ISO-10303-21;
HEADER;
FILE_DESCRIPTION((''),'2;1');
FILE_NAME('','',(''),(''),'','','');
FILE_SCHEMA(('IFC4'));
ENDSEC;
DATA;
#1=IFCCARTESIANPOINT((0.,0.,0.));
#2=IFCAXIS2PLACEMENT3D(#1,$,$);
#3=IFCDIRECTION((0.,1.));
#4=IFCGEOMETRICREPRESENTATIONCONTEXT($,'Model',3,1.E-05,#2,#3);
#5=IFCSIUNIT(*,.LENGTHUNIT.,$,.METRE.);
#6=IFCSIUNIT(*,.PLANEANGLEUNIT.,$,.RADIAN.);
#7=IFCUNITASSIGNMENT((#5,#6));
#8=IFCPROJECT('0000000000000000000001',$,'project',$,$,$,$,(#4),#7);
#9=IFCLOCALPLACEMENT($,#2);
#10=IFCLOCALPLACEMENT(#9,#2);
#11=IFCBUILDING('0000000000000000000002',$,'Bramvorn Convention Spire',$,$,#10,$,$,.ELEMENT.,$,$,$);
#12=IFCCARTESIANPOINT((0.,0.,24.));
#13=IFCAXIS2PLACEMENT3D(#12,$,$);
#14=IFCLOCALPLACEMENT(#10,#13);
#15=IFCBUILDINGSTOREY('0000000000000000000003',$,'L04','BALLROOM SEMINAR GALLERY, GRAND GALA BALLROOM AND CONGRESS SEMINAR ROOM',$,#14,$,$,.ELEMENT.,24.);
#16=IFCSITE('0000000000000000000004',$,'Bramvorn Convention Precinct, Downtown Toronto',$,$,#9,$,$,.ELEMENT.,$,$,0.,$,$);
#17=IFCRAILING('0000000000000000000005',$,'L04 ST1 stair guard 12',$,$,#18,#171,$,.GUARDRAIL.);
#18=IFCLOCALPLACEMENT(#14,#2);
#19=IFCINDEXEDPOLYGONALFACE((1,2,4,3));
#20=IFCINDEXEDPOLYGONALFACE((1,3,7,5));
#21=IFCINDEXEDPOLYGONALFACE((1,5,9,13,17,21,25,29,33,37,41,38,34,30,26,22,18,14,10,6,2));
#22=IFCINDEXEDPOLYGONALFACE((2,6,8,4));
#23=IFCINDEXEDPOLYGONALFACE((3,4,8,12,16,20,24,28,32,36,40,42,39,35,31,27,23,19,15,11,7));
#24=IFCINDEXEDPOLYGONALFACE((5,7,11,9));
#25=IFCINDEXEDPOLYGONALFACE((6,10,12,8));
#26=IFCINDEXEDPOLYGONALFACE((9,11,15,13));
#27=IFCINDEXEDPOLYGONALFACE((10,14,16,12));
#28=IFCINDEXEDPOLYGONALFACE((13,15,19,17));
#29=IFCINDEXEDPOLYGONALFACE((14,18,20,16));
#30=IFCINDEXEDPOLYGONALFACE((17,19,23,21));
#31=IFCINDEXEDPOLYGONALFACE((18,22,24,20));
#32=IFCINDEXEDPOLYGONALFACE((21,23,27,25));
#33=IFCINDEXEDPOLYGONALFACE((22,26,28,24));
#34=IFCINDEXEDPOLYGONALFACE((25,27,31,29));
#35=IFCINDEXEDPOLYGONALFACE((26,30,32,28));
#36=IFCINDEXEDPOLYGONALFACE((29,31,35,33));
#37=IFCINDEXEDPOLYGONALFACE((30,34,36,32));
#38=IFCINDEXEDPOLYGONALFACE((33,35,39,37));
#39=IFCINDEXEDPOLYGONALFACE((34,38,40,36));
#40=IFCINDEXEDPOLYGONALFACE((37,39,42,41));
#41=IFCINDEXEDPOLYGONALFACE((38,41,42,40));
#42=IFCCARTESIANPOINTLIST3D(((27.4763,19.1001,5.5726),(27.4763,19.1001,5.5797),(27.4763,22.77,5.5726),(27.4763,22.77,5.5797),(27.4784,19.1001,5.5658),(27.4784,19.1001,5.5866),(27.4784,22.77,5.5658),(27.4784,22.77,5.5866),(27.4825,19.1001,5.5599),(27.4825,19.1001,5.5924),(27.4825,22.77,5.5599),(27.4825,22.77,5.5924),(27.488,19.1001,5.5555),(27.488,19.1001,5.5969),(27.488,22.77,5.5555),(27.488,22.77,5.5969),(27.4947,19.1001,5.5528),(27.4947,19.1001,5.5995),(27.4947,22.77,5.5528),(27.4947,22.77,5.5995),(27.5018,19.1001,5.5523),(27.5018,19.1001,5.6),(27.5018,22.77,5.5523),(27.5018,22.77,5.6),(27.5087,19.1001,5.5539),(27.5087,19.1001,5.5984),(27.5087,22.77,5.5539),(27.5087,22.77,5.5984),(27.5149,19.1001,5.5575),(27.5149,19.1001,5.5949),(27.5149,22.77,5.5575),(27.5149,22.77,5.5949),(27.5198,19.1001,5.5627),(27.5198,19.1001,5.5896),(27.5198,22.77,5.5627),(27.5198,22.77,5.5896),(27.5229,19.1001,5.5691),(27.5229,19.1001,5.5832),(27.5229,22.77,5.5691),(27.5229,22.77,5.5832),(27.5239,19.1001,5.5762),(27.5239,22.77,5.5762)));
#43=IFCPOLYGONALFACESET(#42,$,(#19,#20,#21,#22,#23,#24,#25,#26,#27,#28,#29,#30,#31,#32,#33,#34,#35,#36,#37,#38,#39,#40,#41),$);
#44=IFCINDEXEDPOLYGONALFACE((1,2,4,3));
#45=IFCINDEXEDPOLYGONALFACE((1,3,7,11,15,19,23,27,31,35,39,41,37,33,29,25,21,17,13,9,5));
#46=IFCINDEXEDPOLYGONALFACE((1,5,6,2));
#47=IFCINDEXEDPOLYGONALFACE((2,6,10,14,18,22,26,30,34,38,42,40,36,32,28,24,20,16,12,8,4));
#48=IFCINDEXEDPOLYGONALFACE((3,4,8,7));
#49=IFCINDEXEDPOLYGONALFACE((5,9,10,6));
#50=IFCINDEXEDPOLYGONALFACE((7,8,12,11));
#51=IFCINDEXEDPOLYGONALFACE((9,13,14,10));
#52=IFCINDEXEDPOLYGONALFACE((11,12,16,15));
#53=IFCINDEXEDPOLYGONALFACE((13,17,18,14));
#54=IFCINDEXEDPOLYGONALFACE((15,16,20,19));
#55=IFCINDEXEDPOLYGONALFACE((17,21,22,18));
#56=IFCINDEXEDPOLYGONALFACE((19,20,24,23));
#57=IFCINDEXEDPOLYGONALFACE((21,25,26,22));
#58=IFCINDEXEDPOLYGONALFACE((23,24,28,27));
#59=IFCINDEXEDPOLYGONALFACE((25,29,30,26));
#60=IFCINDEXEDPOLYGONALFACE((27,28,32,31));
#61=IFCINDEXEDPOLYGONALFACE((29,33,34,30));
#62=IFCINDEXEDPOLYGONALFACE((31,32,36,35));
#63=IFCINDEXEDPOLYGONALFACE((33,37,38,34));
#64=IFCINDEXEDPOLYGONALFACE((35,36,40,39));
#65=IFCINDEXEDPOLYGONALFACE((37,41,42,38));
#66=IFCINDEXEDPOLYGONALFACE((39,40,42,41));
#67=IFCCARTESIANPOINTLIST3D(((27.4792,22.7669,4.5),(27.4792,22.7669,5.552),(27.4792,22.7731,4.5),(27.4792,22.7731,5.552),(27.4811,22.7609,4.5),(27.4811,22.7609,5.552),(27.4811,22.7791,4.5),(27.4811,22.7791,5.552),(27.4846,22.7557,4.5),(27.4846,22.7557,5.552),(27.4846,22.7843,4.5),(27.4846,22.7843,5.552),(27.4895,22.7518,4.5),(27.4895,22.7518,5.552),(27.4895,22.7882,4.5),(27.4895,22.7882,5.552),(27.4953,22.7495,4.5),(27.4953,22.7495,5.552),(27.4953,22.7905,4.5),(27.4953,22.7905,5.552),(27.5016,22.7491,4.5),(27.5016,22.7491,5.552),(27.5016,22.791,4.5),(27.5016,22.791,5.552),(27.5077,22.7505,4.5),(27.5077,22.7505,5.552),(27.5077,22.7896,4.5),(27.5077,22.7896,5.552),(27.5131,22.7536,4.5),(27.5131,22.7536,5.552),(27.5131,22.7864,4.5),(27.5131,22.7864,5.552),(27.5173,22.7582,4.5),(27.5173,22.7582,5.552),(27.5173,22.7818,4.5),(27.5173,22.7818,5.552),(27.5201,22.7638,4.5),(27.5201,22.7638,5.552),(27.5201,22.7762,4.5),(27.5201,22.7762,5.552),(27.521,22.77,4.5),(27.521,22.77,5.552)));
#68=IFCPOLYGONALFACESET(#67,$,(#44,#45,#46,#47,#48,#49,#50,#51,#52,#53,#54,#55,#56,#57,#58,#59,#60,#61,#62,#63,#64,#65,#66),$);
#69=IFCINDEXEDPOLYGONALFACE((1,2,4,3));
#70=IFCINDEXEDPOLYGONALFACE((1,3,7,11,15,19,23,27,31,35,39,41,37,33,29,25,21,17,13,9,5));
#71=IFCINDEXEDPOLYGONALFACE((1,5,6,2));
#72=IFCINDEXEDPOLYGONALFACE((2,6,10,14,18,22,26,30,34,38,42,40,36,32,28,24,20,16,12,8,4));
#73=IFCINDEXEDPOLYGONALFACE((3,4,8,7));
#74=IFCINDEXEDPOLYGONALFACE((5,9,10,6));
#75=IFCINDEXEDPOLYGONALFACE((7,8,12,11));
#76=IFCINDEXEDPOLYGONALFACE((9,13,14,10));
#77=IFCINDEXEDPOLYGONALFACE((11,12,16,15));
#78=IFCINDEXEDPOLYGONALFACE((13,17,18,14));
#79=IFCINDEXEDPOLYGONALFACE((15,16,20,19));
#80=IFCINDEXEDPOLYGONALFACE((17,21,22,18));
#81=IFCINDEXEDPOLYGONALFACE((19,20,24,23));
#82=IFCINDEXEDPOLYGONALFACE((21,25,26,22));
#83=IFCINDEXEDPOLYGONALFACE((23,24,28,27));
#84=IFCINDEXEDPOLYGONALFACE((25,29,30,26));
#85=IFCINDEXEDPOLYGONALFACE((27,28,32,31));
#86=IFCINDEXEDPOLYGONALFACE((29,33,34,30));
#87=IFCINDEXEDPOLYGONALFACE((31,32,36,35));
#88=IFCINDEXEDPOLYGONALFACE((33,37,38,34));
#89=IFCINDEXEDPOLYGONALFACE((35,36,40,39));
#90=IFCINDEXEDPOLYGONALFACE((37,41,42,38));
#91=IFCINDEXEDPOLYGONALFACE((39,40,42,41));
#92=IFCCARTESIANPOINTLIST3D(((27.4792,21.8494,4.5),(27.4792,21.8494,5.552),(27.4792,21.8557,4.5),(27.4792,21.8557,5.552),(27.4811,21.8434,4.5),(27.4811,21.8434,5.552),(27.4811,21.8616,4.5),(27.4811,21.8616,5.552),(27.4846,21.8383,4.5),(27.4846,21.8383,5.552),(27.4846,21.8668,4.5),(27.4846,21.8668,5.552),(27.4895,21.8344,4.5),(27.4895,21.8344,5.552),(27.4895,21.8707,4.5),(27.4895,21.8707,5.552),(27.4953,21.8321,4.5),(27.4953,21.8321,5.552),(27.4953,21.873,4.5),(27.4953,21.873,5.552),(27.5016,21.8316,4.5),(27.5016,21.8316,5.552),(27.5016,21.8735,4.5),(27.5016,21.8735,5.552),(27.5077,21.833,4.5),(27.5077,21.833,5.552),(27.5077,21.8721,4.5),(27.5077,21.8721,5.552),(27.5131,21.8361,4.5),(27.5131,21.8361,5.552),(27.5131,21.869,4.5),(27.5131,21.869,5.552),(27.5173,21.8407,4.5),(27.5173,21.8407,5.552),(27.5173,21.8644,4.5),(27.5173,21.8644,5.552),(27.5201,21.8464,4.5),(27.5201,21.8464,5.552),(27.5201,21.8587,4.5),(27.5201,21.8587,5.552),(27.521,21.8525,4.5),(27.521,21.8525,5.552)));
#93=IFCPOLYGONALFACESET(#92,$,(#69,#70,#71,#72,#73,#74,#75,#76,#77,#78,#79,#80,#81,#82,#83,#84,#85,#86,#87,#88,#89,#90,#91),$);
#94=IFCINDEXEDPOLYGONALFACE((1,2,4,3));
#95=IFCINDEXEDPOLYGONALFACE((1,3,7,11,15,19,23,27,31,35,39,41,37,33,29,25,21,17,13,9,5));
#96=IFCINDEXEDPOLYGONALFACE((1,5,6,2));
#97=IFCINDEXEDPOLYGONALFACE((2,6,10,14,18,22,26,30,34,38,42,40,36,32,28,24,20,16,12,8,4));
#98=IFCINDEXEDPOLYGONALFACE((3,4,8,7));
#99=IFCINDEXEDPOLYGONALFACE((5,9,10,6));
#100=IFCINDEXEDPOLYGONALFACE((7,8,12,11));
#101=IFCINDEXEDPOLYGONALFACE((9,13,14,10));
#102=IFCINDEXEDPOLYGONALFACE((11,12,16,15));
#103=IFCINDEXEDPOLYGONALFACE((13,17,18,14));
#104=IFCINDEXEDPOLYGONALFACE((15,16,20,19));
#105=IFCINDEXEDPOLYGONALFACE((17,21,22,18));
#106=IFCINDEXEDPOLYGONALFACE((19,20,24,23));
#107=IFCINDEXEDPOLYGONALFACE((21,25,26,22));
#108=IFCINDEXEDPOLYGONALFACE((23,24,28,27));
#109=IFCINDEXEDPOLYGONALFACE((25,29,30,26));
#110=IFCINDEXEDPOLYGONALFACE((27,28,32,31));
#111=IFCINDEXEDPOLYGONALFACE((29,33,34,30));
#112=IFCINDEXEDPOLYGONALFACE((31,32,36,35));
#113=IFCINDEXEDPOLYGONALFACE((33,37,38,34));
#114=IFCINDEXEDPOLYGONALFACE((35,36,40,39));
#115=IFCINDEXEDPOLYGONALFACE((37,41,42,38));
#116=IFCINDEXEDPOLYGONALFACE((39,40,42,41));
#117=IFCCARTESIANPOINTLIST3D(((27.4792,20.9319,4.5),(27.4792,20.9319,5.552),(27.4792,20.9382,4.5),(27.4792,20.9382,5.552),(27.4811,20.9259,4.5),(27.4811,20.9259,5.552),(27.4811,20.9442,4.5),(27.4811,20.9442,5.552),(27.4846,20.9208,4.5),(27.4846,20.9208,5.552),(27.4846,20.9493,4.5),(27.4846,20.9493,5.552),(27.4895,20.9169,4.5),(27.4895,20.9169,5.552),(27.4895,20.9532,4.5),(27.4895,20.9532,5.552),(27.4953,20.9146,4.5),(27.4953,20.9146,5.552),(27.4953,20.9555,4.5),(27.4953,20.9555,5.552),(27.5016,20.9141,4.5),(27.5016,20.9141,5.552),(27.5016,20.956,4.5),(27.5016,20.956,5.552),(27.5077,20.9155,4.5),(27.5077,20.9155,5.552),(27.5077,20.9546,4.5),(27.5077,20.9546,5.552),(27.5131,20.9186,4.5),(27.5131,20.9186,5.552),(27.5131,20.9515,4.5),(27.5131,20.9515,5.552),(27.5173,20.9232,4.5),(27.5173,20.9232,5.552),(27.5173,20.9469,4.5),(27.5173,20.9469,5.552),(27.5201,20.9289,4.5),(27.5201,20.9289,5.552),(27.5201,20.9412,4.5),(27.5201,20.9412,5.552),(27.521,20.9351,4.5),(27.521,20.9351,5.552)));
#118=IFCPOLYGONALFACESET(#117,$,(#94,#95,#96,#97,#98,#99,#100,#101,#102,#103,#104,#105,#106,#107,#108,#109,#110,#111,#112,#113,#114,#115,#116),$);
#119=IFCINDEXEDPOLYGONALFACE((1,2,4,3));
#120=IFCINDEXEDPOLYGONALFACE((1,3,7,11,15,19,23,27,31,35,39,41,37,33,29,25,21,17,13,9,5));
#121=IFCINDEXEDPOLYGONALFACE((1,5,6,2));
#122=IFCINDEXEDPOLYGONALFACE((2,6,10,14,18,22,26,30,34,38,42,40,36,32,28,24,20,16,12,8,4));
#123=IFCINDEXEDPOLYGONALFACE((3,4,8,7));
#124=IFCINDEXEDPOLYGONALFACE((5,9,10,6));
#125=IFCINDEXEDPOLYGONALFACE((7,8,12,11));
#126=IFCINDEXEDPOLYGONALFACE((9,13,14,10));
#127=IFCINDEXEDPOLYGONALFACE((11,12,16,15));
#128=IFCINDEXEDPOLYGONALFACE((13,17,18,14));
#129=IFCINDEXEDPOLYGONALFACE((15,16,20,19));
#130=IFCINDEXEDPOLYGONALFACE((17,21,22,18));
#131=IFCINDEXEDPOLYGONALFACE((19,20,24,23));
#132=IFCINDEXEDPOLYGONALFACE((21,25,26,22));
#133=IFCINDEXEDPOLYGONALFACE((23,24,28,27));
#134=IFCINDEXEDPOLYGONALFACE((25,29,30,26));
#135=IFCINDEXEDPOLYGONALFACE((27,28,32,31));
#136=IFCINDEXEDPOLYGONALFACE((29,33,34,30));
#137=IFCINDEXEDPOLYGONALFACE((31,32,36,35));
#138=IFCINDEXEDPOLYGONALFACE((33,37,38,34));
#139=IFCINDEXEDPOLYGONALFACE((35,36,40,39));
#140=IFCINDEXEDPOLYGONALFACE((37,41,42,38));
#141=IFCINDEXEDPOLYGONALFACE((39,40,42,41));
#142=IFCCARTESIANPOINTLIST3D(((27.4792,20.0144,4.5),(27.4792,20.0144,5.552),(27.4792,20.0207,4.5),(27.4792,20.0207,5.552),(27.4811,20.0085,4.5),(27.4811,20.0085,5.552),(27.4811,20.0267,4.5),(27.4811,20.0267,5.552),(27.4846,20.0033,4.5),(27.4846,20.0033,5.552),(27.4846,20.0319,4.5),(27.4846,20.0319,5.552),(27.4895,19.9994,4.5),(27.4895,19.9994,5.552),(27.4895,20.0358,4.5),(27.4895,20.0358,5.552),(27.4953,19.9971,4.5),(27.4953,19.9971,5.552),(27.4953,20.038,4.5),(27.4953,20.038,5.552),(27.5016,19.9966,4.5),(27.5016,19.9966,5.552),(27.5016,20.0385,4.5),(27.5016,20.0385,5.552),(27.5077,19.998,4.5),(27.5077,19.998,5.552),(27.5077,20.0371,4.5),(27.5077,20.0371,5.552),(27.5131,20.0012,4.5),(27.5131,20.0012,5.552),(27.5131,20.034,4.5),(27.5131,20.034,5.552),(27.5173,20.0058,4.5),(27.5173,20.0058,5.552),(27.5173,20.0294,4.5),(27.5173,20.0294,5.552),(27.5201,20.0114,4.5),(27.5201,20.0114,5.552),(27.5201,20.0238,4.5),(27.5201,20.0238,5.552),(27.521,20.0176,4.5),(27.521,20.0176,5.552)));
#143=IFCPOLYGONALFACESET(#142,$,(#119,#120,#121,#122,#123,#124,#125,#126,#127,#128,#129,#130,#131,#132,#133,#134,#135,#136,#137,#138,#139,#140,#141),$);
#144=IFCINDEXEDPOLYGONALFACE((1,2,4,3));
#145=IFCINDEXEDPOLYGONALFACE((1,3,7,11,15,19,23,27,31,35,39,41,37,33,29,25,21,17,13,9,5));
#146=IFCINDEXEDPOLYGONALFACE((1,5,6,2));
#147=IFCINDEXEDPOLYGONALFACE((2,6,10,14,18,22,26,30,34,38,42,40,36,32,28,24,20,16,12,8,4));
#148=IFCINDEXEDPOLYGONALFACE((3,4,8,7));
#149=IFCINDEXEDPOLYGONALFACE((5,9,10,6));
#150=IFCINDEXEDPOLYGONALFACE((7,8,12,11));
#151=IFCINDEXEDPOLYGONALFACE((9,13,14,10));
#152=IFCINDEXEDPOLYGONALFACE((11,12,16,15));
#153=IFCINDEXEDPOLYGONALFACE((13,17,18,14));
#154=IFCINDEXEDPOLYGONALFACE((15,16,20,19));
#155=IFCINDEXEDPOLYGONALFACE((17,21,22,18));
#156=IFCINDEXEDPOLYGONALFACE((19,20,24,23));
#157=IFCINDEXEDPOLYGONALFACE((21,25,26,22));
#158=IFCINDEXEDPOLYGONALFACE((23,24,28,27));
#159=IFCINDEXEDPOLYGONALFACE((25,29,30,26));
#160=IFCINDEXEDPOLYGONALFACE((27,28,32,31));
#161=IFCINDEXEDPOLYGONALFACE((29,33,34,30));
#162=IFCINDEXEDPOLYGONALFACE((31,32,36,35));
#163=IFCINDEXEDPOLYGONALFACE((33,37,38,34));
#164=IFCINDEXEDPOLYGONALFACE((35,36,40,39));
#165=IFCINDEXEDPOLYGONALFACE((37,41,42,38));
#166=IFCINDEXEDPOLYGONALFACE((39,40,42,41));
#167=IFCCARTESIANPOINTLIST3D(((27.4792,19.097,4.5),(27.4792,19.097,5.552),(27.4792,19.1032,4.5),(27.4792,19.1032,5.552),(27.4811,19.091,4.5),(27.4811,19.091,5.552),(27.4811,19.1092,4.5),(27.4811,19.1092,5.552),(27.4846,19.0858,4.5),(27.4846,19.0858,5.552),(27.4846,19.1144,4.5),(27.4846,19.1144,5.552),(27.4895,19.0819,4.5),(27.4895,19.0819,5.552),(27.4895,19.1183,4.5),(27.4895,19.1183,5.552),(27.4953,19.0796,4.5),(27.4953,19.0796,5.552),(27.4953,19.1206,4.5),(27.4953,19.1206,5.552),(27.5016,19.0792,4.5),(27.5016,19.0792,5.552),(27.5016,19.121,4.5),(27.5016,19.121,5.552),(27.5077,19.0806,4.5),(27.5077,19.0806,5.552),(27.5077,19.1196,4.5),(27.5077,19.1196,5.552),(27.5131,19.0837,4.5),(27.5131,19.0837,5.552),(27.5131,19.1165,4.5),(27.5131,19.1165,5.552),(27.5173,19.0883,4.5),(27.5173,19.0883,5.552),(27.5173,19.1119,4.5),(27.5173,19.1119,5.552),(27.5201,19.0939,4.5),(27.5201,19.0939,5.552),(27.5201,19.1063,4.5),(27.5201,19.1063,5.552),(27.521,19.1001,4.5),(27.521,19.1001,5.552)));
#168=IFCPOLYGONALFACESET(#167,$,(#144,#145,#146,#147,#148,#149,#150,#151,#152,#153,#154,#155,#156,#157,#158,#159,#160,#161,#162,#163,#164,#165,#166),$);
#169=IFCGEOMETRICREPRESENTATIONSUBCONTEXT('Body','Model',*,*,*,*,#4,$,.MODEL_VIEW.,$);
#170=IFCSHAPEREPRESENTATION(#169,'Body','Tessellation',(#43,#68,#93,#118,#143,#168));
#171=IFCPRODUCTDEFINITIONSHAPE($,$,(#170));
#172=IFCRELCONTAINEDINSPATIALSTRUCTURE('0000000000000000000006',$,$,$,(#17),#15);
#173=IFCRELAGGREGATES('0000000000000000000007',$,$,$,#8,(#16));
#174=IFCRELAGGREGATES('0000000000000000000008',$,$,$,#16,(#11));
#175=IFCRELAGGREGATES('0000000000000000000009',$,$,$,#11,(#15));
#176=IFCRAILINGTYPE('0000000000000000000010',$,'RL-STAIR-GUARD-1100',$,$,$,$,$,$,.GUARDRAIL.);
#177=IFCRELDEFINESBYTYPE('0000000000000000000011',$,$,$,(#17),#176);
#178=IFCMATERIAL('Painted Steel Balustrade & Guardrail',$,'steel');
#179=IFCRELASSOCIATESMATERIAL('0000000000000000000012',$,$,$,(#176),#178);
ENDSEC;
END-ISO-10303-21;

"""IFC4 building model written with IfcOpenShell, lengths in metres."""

from ifc_helpers import new_model, si_unit, direction, frame, origin, origin_2d, place, context, subcontext, project, spatial, circle, extrude, material, type_object, element, save


model = new_model("IFC4")

# Units and contexts
model_context = context("Model", 3, precision=1e-05, world=origin(), true_north=direction((0.0, 1.0)))
body_context = subcontext(model_context, "Body", "Model", "MODEL_VIEW")
ifc_project = project(units=[si_unit("LENGTHUNIT", "METRE"), si_unit("PLANEANGLEUNIT", "RADIAN")], contexts=[model_context])

# Site, building, storey
site_placement = place(None, origin())
site = spatial("IfcSite", under=ifc_project, at=site_placement, Name="Bramvorn Convention Precinct, Downtown Toronto", CompositionType="ELEMENT", RefElevation=0.0)
building_placement = place(site_placement, origin())
building = spatial("IfcBuilding", under=site, at=building_placement, Name="Bramvorn Convention Spire", CompositionType="ELEMENT")
storey_placement = place(building_placement, frame((0.0, 0.0, 24.0)))
storey = spatial("IfcBuildingStorey", under=building, at=storey_placement, Name="L04", Description="BALLROOM SEMINAR GALLERY, GRAND GALA BALLROOM AND CONGRESS SEMINAR ROOM", CompositionType="ELEMENT", Elevation=24.0)

# Railing
ifc_material_1 = material(Name="Painted Steel Balustrade & Guardrail", Category="steel")
railing_type = type_object("IfcRailingType", Name="RL-STAIR-GUARD-1100", PredefinedType="GUARDRAIL", material=ifc_material_1)
for number, where, name in (
    (1, (27.5, 22.77, 4.5), "L04 ST1 stair guard 12"),
):
    element("IfcRailing", number, at=place(storey_placement, frame(where)), inside=storey, type_object=railing_type, Name=name, PredefinedType="GUARDRAIL", context=body_context, shape_type="SweptSolid", body=[
        extrude(circle(Radius=0.0239, at=origin_2d()), frame((0.0, 0.0, 1.0762), z_axis=(0.0, -1.0, 0.0), x_axis=(1.0, 0.0, 0.0)), (0.0, 0.0, 1.0), 3.6699),
        extrude(circle(Radius=0.021, at=origin_2d()), origin(), (0.0, 0.0, 1.0), 1.052),
        extrude(circle(Radius=0.021, at=origin_2d()), frame((0.0, -0.9175, 0.0)), (0.0, 0.0, 1.0), 1.052),
        extrude(circle(Radius=0.021, at=origin_2d()), frame((0.0, -1.835, 0.0)), (0.0, 0.0, 1.0), 1.052),
        extrude(circle(Radius=0.021, at=origin_2d()), frame((0.0, -2.7524, 0.0)), (0.0, 0.0, 1.0), 1.052),
        extrude(circle(Radius=0.021, at=origin_2d()), frame((0.0, -3.6699, 0.0)), (0.0, 0.0, 1.0), 1.052),
    ])

save(model, "model.ifc")
